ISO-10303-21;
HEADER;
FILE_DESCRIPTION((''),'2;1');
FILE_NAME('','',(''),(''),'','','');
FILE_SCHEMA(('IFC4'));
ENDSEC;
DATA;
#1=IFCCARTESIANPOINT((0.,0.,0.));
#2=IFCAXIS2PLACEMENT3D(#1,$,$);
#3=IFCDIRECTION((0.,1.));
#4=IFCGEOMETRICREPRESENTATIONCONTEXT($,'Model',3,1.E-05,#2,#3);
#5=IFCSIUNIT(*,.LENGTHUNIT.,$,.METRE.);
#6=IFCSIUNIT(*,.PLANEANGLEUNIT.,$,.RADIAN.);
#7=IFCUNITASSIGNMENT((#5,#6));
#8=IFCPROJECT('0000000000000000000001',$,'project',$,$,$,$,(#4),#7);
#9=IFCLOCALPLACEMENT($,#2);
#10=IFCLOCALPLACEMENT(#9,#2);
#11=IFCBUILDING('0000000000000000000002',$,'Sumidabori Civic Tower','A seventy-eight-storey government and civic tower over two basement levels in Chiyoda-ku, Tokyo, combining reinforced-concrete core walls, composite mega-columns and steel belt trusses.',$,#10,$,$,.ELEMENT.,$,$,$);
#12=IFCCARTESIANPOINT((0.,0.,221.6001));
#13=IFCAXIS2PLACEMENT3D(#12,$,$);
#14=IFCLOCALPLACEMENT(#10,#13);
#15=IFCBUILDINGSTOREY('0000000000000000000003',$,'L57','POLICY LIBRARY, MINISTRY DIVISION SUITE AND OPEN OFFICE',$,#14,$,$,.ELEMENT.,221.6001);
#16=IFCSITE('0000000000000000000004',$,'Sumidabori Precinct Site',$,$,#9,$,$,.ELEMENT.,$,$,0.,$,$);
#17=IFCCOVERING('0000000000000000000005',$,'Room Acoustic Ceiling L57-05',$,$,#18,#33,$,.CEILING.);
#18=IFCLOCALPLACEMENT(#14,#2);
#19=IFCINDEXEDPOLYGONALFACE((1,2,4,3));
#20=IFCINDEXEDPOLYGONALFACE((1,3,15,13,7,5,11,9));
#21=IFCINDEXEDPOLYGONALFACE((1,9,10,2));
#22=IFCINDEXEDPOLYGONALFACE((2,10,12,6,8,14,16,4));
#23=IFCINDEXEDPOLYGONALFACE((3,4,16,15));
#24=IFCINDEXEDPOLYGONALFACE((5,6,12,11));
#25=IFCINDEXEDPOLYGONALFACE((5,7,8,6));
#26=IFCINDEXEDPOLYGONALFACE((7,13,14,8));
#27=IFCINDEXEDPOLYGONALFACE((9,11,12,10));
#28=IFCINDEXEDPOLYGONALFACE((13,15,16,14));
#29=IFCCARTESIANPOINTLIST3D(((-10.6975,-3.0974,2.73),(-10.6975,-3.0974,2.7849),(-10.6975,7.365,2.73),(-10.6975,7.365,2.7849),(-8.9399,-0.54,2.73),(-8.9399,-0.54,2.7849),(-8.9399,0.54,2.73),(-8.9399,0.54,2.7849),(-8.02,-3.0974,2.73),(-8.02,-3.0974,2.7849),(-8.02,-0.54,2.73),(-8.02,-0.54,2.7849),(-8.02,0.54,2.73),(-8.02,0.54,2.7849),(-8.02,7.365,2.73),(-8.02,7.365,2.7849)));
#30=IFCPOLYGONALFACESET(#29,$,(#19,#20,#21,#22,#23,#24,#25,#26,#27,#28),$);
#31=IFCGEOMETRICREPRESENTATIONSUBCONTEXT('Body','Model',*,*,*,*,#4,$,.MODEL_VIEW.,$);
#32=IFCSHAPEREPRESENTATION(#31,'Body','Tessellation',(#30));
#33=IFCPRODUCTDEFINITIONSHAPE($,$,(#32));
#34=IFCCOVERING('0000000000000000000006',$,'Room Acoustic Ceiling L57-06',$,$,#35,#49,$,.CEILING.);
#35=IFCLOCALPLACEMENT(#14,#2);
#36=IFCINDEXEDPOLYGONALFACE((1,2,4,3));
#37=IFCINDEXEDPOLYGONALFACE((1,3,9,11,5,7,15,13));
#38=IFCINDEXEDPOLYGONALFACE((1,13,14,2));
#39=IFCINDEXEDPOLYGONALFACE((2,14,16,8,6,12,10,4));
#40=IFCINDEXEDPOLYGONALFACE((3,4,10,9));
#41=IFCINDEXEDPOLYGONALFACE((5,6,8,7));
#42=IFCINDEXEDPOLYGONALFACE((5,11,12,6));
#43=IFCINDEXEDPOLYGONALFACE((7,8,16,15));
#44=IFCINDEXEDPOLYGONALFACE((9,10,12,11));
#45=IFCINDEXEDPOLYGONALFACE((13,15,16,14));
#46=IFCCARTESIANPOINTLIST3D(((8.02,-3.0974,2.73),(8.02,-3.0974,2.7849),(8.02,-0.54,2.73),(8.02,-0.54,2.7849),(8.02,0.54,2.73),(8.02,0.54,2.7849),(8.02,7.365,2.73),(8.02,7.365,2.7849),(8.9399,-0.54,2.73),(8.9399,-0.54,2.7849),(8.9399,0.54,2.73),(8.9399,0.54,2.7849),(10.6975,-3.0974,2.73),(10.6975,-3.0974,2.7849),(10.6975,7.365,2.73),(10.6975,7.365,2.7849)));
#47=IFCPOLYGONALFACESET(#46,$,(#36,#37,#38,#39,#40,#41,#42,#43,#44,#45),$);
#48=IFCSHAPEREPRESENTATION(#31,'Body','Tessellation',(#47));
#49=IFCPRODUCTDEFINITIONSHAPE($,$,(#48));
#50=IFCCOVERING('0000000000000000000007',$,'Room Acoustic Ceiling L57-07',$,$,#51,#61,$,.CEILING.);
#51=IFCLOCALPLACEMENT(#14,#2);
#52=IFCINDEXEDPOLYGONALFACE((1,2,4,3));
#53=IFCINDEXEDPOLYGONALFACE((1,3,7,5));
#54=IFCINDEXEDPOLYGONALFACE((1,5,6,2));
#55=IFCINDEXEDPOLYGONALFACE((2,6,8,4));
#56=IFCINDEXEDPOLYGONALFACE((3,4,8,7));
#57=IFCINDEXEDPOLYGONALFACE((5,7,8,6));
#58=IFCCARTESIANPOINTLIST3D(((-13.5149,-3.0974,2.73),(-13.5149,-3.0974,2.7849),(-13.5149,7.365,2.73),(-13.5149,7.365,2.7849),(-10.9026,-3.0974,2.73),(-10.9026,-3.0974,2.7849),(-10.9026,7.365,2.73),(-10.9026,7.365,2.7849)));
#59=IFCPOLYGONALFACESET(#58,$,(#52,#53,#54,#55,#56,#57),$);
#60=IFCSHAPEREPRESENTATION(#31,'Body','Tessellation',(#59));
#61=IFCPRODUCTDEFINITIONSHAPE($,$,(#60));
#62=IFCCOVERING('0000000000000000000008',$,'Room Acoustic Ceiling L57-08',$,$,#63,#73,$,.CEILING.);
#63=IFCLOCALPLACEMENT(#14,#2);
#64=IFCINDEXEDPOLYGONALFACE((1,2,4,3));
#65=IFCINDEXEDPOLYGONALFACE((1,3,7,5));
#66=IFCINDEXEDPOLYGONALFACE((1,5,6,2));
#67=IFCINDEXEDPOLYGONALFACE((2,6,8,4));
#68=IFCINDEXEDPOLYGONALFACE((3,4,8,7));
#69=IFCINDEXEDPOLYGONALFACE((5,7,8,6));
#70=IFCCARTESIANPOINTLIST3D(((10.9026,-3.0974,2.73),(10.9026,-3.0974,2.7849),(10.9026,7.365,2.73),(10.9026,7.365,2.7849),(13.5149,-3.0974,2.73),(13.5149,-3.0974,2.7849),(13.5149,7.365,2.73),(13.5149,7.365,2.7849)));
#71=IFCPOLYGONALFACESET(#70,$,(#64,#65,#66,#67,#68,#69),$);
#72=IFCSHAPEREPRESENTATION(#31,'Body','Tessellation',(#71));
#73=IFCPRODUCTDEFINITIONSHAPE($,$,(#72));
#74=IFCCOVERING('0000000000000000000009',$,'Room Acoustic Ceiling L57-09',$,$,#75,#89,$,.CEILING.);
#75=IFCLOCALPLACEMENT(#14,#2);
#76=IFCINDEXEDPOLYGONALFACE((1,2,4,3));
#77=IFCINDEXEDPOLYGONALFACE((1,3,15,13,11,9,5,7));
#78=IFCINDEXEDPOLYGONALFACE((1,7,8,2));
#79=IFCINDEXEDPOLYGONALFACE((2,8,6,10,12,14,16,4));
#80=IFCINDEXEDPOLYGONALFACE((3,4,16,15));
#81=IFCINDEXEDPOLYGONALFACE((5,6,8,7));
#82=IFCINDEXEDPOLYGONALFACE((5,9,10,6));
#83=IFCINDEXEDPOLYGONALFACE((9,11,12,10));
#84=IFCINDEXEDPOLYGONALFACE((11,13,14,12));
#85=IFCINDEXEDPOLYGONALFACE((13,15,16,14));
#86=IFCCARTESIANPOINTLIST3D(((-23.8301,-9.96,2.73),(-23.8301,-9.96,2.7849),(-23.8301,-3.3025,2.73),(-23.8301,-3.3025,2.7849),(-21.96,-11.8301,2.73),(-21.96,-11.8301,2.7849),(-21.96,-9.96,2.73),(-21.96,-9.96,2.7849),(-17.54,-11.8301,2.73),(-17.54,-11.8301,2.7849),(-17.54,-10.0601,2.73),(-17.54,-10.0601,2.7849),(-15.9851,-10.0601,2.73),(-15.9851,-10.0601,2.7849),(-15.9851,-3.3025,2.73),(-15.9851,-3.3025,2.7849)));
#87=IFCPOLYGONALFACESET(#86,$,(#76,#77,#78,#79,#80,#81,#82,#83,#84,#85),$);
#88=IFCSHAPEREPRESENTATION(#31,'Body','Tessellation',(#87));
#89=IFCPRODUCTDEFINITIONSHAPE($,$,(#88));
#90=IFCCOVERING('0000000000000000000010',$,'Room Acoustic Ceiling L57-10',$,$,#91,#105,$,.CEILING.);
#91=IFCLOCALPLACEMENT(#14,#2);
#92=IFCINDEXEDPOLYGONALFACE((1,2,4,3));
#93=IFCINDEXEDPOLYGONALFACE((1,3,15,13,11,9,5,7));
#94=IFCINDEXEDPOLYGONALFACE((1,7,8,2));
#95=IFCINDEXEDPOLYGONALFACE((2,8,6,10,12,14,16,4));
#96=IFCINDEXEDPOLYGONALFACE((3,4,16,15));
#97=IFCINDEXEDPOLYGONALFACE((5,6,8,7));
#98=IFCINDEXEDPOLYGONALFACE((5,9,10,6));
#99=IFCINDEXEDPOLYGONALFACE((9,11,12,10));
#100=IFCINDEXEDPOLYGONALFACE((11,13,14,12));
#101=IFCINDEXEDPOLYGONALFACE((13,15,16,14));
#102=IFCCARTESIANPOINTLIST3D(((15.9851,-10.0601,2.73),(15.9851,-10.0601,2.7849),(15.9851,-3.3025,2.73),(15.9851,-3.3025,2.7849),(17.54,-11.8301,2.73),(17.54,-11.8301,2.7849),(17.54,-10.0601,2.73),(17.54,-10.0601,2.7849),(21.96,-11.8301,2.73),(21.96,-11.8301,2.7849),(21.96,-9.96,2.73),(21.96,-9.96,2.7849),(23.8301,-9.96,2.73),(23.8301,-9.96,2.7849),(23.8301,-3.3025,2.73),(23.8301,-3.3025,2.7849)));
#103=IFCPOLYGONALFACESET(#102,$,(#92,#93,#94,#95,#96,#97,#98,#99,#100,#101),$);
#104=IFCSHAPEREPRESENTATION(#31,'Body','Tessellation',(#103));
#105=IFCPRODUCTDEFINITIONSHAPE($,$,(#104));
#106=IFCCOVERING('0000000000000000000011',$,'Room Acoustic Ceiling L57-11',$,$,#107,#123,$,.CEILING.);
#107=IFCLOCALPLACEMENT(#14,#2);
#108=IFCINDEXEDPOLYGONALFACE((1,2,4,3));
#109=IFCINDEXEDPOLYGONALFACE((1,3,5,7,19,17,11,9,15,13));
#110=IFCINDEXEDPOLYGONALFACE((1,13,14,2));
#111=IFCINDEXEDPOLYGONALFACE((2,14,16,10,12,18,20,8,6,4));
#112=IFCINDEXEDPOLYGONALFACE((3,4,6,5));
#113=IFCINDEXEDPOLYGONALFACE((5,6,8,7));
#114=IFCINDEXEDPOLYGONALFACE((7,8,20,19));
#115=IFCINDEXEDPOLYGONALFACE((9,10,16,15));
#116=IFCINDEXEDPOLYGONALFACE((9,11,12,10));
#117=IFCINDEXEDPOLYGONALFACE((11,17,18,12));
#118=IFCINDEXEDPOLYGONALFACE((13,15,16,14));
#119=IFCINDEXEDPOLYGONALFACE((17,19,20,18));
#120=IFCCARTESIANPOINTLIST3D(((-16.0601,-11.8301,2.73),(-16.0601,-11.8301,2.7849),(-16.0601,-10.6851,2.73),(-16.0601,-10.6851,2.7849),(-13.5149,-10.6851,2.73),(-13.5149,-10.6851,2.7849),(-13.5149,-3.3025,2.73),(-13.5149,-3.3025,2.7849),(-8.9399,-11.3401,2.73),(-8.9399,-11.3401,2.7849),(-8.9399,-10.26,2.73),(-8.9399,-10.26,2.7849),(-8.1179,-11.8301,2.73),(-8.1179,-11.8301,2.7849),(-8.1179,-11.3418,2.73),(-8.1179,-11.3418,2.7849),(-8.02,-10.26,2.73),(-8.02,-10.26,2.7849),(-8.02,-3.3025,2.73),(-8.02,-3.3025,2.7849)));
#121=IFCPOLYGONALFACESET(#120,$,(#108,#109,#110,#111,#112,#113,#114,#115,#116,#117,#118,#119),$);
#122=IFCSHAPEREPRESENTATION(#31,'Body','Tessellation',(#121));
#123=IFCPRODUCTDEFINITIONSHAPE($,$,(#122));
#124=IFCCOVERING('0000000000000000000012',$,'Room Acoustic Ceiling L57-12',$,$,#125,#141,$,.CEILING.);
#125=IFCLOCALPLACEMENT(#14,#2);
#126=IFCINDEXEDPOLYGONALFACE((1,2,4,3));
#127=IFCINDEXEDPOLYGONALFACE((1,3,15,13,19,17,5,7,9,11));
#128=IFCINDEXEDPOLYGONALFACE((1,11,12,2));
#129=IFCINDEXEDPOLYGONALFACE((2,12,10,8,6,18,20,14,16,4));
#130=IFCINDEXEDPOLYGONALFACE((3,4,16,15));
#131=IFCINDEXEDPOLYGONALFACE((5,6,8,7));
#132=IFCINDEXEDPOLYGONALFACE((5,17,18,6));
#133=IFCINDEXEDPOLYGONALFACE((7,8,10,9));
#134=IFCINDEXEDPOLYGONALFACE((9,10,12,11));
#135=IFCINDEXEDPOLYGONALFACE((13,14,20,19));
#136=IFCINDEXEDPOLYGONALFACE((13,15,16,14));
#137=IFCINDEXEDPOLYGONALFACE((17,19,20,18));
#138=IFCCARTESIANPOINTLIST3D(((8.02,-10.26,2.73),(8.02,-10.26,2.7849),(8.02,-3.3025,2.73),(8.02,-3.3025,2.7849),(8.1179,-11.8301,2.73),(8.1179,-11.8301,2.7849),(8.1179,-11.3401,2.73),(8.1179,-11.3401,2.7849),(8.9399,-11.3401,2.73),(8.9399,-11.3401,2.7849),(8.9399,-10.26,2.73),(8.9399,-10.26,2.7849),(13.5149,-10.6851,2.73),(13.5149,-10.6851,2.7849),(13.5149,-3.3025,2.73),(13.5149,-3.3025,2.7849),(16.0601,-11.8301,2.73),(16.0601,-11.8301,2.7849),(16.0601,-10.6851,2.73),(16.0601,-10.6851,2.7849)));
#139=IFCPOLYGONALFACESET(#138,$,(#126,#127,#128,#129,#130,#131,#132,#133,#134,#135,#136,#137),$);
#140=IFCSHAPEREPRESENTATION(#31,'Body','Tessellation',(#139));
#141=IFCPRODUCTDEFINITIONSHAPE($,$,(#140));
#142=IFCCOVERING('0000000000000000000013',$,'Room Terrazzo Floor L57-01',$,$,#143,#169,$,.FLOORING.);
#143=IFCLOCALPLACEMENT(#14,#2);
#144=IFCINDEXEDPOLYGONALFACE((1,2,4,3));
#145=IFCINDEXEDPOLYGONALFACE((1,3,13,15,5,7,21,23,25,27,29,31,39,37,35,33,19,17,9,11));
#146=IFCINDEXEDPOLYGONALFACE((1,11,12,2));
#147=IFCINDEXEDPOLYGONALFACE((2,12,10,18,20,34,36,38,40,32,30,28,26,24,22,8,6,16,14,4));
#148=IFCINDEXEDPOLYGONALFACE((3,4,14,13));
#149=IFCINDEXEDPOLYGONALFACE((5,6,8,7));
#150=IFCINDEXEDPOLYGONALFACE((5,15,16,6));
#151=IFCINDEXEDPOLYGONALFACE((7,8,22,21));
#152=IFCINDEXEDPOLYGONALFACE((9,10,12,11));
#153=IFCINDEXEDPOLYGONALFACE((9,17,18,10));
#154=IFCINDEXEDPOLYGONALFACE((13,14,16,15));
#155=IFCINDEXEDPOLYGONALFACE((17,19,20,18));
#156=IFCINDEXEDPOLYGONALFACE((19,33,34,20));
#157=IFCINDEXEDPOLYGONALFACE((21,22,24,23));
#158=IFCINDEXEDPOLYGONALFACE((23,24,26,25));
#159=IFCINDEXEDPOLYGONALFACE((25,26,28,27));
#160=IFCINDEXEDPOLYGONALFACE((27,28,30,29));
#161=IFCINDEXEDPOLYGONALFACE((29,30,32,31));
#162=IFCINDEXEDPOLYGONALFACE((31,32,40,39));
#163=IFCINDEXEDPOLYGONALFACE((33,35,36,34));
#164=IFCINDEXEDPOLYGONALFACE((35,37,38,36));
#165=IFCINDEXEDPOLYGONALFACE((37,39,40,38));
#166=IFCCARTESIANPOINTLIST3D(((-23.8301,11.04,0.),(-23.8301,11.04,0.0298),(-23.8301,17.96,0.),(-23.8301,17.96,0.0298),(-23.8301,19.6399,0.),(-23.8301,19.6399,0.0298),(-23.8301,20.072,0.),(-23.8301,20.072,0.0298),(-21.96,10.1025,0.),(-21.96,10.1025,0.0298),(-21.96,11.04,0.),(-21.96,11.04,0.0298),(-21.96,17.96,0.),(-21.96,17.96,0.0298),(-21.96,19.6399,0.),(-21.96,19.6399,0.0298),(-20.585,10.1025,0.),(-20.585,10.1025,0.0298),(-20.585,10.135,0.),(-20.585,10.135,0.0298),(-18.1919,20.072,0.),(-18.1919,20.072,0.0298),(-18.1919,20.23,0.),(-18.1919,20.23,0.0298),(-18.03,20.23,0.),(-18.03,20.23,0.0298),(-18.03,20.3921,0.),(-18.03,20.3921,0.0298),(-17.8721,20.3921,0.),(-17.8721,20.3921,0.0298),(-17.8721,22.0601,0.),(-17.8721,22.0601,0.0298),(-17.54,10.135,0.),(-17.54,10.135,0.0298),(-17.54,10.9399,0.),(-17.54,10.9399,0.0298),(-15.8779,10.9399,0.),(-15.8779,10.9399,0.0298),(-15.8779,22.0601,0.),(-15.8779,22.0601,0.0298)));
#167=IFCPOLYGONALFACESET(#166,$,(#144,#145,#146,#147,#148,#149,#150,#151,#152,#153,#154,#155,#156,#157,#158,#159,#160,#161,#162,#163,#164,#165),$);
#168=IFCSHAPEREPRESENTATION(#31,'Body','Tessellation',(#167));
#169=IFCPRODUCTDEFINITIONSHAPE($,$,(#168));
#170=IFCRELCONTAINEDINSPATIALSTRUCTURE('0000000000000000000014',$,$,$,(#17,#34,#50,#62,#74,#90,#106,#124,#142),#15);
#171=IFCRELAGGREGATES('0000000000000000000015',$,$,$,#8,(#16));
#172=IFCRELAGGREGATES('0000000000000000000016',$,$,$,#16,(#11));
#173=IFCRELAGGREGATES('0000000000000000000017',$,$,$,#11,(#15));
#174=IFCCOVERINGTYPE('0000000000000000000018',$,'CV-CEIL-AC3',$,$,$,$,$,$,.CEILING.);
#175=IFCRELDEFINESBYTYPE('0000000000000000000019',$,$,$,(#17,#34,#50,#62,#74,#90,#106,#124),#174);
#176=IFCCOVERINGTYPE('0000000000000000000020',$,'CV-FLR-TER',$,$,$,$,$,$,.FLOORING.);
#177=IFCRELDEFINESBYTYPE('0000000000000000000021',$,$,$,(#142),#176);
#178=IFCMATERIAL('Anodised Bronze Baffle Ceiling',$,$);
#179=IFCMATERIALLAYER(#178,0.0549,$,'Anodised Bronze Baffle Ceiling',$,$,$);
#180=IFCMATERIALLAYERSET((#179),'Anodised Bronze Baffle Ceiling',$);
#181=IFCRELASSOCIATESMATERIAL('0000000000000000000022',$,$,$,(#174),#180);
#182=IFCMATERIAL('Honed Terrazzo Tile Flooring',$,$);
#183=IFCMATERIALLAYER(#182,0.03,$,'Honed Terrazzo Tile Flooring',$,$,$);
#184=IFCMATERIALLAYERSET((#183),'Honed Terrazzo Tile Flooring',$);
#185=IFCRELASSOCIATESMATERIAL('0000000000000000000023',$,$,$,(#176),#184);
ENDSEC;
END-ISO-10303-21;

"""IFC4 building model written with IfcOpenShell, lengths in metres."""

from ifc_helpers import new_model, si_unit, direction, frame, origin, place, context, subcontext, project, spatial, polyline, outline, extrude, material, layer, layer_set, type_object, element, save


model = new_model("IFC4")

# Units and contexts
model_context = context("Model", 3, precision=1e-05, world=origin(), true_north=direction((0.0, 1.0)))
body_context = subcontext(model_context, "Body", "Model", "MODEL_VIEW")
ifc_project = project(units=[si_unit("LENGTHUNIT", "METRE"), si_unit("PLANEANGLEUNIT", "RADIAN")], contexts=[model_context])

# Site, building, storey
site_placement = place(None, origin())
site = spatial("IfcSite", under=ifc_project, at=site_placement, Name="Sumidabori Precinct Site", CompositionType="ELEMENT", RefElevation=0.0)
building_placement = place(site_placement, origin())
building = spatial("IfcBuilding", under=site, at=building_placement, Name="Sumidabori Civic Tower", Description="A seventy-eight-storey government and civic tower over two basement levels in Chiyoda-ku, Tokyo, combining reinforced-concrete core walls, composite mega-columns and steel belt trusses.", CompositionType="ELEMENT")
storey_placement = place(building_placement, frame((0.0, 0.0, 221.6001)))
storey = spatial("IfcBuildingStorey", under=building, at=storey_placement, Name="L57", Description="POLICY LIBRARY, MINISTRY DIVISION SUITE AND OPEN OFFICE", CompositionType="ELEMENT", Elevation=221.6001)

# Coverings
ifc_material_1 = material(Name="Anodised Bronze Baffle Ceiling")
ifc_layer_1 = layer(ifc_material_1, 0.0549, Name="Anodised Bronze Baffle Ceiling")
ifc_layer_set_1 = layer_set([ifc_layer_1], Name="Anodised Bronze Baffle Ceiling")
covering_type_1 = type_object("IfcCoveringType", Name="CV-CEIL-AC3", PredefinedType="CEILING", material=ifc_layer_set_1)
covering_1_placement = place(storey_placement, frame((0.0, 0.0, 2.73)))
element("IfcCovering", 1, at=covering_1_placement, inside=storey, type_object=covering_type_1, Name="Room Acoustic Ceiling L57-05", PredefinedType="CEILING", context=body_context, shape_type="SweptSolid", body=[
    extrude(outline(polyline([(-10.6975, 7.365), (-8.02, 7.365), (-8.02, 0.54), (-8.9399, 0.54), (-8.9399, -0.54), (-8.02, -0.54), (-8.02, -3.0974), (-10.6975, -3.0974), (-10.6975, 7.365)])), origin(), (0.0, 0.0, 1.0), 0.0549),
])
covering_2_placement = place(storey_placement, frame((0.0, 0.0, 2.73)))
element("IfcCovering", 2, at=covering_2_placement, inside=storey, type_object=covering_type_1, Name="Room Acoustic Ceiling L57-06", PredefinedType="CEILING", context=body_context, shape_type="SweptSolid", body=[
    extrude(outline(polyline([(8.02, -3.0974), (8.02, -0.54), (8.9399, -0.54), (8.9399, 0.54), (8.02, 0.54), (8.02, 7.365), (10.6975, 7.365), (10.6975, -3.0974), (8.02, -3.0974)])), origin(), (0.0, 0.0, 1.0), 0.0549),
])
covering_3_placement = place(storey_placement, frame((0.0, 0.0, 2.73)))
element("IfcCovering", 3, at=covering_3_placement, inside=storey, type_object=covering_type_1, Name="Room Acoustic Ceiling L57-07", PredefinedType="CEILING", context=body_context, shape_type="SweptSolid", body=[
    extrude(outline(polyline([(-13.5149, 7.365), (-10.9026, 7.365), (-10.9026, -3.0974), (-13.5149, -3.0974), (-13.5149, 7.365)])), origin(), (0.0, 0.0, 1.0), 0.0549),
])
covering_4_placement = place(storey_placement, frame((0.0, 0.0, 2.73)))
element("IfcCovering", 4, at=covering_4_placement, inside=storey, type_object=covering_type_1, Name="Room Acoustic Ceiling L57-08", PredefinedType="CEILING", context=body_context, shape_type="SweptSolid", body=[
    extrude(outline(polyline([(10.9026, -3.0974), (10.9026, 7.365), (13.5149, 7.365), (13.5149, -3.0974), (10.9026, -3.0974)])), origin(), (0.0, 0.0, 1.0), 0.0549),
])
covering_5_placement = place(storey_placement, frame((0.0, 0.0, 2.73)))
element("IfcCovering", 5, at=covering_5_placement, inside=storey, type_object=covering_type_1, Name="Room Acoustic Ceiling L57-09", PredefinedType="CEILING", context=body_context, shape_type="SweptSolid", body=[
    extrude(outline(polyline([(-23.8301, -3.3025), (-15.9851, -3.3025), (-15.9851, -10.0601), (-17.54, -10.0601), (-17.54, -11.8301), (-21.96, -11.8301), (-21.96, -9.96), (-23.8301, -9.96), (-23.8301, -3.3025)])), origin(), (0.0, 0.0, 1.0), 0.0549),
])
covering_6_placement = place(storey_placement, frame((0.0, 0.0, 2.73)))
element("IfcCovering", 6, at=covering_6_placement, inside=storey, type_object=covering_type_1, Name="Room Acoustic Ceiling L57-10", PredefinedType="CEILING", context=body_context, shape_type="SweptSolid", body=[
    extrude(outline(polyline([(17.54, -10.0601), (15.9851, -10.0601), (15.9851, -3.3025), (23.8301, -3.3025), (23.8301, -9.96), (21.96, -9.96), (21.96, -11.8301), (17.54, -11.8301), (17.54, -10.0601)])), origin(), (0.0, 0.0, 1.0), 0.0549),
])
covering_7_placement = place(storey_placement, frame((0.0, 0.0, 2.73)))
element("IfcCovering", 7, at=covering_7_placement, inside=storey, type_object=covering_type_1, Name="Room Acoustic Ceiling L57-11", PredefinedType="CEILING", context=body_context, shape_type="SweptSolid", body=[
    extrude(outline(polyline([(-16.0601, -10.6851), (-13.5149, -10.6851), (-13.5149, -3.3025), (-8.02, -3.3025), (-8.02, -10.26), (-8.9399, -10.26), (-8.9399, -11.3401), (-8.1179, -11.3418), (-8.1179, -11.8301), (-16.0601, -11.8301), (-16.0601, -10.6851)])), origin(), (0.0, 0.0, 1.0), 0.0549),
])
covering_8_placement = place(storey_placement, frame((0.0, 0.0, 2.73)))
element("IfcCovering", 8, at=covering_8_placement, inside=storey, type_object=covering_type_1, Name="Room Acoustic Ceiling L57-12", PredefinedType="CEILING", context=body_context, shape_type="SweptSolid", body=[
    extrude(outline(polyline([(8.9399, -11.3401), (8.9399, -10.26), (8.02, -10.26), (8.02, -3.3025), (13.5149, -3.3025), (13.5149, -10.6851), (16.0601, -10.6851), (16.0601, -11.8301), (8.1179, -11.8301), (8.1179, -11.3401), (8.9399, -11.3401)])), origin(), (0.0, 0.0, 1.0), 0.0549),
])
ifc_material_2 = material(Name="Honed Terrazzo Tile Flooring")
ifc_layer_2 = layer(ifc_material_2, 0.03, Name="Honed Terrazzo Tile Flooring")
ifc_layer_set_2 = layer_set([ifc_layer_2], Name="Honed Terrazzo Tile Flooring")
covering_type_2 = type_object("IfcCoveringType", Name="CV-FLR-TER", PredefinedType="FLOORING", material=ifc_layer_set_2)
covering_9_placement = place(storey_placement, origin())
element("IfcCovering", 9, at=covering_9_placement, inside=storey, type_object=covering_type_2, Name="Room Terrazzo Floor L57-01", PredefinedType="FLOORING", context=body_context, shape_type="SweptSolid", body=[
    extrude(outline(polyline([(-23.8301, 17.96), (-21.96, 17.96), (-21.96, 19.6399), (-23.8301, 19.6399), (-23.8301, 20.072), (-18.1919, 20.072), (-18.1919, 20.23), (-18.03, 20.23), (-18.03, 20.3921), (-17.8721, 20.3921), (-17.8721, 22.0601), (-15.8779, 22.0601), (-15.8779, 10.9399), (-17.54, 10.9399), (-17.54, 10.135), (-20.585, 10.135), (-20.585, 10.1025), (-21.96, 10.1025), (-21.96, 11.04), (-23.8301, 11.04), (-23.8301, 17.96)])), origin(), (0.0, 0.0, 1.0), 0.0298),
])

save(model, "model.ifc")
